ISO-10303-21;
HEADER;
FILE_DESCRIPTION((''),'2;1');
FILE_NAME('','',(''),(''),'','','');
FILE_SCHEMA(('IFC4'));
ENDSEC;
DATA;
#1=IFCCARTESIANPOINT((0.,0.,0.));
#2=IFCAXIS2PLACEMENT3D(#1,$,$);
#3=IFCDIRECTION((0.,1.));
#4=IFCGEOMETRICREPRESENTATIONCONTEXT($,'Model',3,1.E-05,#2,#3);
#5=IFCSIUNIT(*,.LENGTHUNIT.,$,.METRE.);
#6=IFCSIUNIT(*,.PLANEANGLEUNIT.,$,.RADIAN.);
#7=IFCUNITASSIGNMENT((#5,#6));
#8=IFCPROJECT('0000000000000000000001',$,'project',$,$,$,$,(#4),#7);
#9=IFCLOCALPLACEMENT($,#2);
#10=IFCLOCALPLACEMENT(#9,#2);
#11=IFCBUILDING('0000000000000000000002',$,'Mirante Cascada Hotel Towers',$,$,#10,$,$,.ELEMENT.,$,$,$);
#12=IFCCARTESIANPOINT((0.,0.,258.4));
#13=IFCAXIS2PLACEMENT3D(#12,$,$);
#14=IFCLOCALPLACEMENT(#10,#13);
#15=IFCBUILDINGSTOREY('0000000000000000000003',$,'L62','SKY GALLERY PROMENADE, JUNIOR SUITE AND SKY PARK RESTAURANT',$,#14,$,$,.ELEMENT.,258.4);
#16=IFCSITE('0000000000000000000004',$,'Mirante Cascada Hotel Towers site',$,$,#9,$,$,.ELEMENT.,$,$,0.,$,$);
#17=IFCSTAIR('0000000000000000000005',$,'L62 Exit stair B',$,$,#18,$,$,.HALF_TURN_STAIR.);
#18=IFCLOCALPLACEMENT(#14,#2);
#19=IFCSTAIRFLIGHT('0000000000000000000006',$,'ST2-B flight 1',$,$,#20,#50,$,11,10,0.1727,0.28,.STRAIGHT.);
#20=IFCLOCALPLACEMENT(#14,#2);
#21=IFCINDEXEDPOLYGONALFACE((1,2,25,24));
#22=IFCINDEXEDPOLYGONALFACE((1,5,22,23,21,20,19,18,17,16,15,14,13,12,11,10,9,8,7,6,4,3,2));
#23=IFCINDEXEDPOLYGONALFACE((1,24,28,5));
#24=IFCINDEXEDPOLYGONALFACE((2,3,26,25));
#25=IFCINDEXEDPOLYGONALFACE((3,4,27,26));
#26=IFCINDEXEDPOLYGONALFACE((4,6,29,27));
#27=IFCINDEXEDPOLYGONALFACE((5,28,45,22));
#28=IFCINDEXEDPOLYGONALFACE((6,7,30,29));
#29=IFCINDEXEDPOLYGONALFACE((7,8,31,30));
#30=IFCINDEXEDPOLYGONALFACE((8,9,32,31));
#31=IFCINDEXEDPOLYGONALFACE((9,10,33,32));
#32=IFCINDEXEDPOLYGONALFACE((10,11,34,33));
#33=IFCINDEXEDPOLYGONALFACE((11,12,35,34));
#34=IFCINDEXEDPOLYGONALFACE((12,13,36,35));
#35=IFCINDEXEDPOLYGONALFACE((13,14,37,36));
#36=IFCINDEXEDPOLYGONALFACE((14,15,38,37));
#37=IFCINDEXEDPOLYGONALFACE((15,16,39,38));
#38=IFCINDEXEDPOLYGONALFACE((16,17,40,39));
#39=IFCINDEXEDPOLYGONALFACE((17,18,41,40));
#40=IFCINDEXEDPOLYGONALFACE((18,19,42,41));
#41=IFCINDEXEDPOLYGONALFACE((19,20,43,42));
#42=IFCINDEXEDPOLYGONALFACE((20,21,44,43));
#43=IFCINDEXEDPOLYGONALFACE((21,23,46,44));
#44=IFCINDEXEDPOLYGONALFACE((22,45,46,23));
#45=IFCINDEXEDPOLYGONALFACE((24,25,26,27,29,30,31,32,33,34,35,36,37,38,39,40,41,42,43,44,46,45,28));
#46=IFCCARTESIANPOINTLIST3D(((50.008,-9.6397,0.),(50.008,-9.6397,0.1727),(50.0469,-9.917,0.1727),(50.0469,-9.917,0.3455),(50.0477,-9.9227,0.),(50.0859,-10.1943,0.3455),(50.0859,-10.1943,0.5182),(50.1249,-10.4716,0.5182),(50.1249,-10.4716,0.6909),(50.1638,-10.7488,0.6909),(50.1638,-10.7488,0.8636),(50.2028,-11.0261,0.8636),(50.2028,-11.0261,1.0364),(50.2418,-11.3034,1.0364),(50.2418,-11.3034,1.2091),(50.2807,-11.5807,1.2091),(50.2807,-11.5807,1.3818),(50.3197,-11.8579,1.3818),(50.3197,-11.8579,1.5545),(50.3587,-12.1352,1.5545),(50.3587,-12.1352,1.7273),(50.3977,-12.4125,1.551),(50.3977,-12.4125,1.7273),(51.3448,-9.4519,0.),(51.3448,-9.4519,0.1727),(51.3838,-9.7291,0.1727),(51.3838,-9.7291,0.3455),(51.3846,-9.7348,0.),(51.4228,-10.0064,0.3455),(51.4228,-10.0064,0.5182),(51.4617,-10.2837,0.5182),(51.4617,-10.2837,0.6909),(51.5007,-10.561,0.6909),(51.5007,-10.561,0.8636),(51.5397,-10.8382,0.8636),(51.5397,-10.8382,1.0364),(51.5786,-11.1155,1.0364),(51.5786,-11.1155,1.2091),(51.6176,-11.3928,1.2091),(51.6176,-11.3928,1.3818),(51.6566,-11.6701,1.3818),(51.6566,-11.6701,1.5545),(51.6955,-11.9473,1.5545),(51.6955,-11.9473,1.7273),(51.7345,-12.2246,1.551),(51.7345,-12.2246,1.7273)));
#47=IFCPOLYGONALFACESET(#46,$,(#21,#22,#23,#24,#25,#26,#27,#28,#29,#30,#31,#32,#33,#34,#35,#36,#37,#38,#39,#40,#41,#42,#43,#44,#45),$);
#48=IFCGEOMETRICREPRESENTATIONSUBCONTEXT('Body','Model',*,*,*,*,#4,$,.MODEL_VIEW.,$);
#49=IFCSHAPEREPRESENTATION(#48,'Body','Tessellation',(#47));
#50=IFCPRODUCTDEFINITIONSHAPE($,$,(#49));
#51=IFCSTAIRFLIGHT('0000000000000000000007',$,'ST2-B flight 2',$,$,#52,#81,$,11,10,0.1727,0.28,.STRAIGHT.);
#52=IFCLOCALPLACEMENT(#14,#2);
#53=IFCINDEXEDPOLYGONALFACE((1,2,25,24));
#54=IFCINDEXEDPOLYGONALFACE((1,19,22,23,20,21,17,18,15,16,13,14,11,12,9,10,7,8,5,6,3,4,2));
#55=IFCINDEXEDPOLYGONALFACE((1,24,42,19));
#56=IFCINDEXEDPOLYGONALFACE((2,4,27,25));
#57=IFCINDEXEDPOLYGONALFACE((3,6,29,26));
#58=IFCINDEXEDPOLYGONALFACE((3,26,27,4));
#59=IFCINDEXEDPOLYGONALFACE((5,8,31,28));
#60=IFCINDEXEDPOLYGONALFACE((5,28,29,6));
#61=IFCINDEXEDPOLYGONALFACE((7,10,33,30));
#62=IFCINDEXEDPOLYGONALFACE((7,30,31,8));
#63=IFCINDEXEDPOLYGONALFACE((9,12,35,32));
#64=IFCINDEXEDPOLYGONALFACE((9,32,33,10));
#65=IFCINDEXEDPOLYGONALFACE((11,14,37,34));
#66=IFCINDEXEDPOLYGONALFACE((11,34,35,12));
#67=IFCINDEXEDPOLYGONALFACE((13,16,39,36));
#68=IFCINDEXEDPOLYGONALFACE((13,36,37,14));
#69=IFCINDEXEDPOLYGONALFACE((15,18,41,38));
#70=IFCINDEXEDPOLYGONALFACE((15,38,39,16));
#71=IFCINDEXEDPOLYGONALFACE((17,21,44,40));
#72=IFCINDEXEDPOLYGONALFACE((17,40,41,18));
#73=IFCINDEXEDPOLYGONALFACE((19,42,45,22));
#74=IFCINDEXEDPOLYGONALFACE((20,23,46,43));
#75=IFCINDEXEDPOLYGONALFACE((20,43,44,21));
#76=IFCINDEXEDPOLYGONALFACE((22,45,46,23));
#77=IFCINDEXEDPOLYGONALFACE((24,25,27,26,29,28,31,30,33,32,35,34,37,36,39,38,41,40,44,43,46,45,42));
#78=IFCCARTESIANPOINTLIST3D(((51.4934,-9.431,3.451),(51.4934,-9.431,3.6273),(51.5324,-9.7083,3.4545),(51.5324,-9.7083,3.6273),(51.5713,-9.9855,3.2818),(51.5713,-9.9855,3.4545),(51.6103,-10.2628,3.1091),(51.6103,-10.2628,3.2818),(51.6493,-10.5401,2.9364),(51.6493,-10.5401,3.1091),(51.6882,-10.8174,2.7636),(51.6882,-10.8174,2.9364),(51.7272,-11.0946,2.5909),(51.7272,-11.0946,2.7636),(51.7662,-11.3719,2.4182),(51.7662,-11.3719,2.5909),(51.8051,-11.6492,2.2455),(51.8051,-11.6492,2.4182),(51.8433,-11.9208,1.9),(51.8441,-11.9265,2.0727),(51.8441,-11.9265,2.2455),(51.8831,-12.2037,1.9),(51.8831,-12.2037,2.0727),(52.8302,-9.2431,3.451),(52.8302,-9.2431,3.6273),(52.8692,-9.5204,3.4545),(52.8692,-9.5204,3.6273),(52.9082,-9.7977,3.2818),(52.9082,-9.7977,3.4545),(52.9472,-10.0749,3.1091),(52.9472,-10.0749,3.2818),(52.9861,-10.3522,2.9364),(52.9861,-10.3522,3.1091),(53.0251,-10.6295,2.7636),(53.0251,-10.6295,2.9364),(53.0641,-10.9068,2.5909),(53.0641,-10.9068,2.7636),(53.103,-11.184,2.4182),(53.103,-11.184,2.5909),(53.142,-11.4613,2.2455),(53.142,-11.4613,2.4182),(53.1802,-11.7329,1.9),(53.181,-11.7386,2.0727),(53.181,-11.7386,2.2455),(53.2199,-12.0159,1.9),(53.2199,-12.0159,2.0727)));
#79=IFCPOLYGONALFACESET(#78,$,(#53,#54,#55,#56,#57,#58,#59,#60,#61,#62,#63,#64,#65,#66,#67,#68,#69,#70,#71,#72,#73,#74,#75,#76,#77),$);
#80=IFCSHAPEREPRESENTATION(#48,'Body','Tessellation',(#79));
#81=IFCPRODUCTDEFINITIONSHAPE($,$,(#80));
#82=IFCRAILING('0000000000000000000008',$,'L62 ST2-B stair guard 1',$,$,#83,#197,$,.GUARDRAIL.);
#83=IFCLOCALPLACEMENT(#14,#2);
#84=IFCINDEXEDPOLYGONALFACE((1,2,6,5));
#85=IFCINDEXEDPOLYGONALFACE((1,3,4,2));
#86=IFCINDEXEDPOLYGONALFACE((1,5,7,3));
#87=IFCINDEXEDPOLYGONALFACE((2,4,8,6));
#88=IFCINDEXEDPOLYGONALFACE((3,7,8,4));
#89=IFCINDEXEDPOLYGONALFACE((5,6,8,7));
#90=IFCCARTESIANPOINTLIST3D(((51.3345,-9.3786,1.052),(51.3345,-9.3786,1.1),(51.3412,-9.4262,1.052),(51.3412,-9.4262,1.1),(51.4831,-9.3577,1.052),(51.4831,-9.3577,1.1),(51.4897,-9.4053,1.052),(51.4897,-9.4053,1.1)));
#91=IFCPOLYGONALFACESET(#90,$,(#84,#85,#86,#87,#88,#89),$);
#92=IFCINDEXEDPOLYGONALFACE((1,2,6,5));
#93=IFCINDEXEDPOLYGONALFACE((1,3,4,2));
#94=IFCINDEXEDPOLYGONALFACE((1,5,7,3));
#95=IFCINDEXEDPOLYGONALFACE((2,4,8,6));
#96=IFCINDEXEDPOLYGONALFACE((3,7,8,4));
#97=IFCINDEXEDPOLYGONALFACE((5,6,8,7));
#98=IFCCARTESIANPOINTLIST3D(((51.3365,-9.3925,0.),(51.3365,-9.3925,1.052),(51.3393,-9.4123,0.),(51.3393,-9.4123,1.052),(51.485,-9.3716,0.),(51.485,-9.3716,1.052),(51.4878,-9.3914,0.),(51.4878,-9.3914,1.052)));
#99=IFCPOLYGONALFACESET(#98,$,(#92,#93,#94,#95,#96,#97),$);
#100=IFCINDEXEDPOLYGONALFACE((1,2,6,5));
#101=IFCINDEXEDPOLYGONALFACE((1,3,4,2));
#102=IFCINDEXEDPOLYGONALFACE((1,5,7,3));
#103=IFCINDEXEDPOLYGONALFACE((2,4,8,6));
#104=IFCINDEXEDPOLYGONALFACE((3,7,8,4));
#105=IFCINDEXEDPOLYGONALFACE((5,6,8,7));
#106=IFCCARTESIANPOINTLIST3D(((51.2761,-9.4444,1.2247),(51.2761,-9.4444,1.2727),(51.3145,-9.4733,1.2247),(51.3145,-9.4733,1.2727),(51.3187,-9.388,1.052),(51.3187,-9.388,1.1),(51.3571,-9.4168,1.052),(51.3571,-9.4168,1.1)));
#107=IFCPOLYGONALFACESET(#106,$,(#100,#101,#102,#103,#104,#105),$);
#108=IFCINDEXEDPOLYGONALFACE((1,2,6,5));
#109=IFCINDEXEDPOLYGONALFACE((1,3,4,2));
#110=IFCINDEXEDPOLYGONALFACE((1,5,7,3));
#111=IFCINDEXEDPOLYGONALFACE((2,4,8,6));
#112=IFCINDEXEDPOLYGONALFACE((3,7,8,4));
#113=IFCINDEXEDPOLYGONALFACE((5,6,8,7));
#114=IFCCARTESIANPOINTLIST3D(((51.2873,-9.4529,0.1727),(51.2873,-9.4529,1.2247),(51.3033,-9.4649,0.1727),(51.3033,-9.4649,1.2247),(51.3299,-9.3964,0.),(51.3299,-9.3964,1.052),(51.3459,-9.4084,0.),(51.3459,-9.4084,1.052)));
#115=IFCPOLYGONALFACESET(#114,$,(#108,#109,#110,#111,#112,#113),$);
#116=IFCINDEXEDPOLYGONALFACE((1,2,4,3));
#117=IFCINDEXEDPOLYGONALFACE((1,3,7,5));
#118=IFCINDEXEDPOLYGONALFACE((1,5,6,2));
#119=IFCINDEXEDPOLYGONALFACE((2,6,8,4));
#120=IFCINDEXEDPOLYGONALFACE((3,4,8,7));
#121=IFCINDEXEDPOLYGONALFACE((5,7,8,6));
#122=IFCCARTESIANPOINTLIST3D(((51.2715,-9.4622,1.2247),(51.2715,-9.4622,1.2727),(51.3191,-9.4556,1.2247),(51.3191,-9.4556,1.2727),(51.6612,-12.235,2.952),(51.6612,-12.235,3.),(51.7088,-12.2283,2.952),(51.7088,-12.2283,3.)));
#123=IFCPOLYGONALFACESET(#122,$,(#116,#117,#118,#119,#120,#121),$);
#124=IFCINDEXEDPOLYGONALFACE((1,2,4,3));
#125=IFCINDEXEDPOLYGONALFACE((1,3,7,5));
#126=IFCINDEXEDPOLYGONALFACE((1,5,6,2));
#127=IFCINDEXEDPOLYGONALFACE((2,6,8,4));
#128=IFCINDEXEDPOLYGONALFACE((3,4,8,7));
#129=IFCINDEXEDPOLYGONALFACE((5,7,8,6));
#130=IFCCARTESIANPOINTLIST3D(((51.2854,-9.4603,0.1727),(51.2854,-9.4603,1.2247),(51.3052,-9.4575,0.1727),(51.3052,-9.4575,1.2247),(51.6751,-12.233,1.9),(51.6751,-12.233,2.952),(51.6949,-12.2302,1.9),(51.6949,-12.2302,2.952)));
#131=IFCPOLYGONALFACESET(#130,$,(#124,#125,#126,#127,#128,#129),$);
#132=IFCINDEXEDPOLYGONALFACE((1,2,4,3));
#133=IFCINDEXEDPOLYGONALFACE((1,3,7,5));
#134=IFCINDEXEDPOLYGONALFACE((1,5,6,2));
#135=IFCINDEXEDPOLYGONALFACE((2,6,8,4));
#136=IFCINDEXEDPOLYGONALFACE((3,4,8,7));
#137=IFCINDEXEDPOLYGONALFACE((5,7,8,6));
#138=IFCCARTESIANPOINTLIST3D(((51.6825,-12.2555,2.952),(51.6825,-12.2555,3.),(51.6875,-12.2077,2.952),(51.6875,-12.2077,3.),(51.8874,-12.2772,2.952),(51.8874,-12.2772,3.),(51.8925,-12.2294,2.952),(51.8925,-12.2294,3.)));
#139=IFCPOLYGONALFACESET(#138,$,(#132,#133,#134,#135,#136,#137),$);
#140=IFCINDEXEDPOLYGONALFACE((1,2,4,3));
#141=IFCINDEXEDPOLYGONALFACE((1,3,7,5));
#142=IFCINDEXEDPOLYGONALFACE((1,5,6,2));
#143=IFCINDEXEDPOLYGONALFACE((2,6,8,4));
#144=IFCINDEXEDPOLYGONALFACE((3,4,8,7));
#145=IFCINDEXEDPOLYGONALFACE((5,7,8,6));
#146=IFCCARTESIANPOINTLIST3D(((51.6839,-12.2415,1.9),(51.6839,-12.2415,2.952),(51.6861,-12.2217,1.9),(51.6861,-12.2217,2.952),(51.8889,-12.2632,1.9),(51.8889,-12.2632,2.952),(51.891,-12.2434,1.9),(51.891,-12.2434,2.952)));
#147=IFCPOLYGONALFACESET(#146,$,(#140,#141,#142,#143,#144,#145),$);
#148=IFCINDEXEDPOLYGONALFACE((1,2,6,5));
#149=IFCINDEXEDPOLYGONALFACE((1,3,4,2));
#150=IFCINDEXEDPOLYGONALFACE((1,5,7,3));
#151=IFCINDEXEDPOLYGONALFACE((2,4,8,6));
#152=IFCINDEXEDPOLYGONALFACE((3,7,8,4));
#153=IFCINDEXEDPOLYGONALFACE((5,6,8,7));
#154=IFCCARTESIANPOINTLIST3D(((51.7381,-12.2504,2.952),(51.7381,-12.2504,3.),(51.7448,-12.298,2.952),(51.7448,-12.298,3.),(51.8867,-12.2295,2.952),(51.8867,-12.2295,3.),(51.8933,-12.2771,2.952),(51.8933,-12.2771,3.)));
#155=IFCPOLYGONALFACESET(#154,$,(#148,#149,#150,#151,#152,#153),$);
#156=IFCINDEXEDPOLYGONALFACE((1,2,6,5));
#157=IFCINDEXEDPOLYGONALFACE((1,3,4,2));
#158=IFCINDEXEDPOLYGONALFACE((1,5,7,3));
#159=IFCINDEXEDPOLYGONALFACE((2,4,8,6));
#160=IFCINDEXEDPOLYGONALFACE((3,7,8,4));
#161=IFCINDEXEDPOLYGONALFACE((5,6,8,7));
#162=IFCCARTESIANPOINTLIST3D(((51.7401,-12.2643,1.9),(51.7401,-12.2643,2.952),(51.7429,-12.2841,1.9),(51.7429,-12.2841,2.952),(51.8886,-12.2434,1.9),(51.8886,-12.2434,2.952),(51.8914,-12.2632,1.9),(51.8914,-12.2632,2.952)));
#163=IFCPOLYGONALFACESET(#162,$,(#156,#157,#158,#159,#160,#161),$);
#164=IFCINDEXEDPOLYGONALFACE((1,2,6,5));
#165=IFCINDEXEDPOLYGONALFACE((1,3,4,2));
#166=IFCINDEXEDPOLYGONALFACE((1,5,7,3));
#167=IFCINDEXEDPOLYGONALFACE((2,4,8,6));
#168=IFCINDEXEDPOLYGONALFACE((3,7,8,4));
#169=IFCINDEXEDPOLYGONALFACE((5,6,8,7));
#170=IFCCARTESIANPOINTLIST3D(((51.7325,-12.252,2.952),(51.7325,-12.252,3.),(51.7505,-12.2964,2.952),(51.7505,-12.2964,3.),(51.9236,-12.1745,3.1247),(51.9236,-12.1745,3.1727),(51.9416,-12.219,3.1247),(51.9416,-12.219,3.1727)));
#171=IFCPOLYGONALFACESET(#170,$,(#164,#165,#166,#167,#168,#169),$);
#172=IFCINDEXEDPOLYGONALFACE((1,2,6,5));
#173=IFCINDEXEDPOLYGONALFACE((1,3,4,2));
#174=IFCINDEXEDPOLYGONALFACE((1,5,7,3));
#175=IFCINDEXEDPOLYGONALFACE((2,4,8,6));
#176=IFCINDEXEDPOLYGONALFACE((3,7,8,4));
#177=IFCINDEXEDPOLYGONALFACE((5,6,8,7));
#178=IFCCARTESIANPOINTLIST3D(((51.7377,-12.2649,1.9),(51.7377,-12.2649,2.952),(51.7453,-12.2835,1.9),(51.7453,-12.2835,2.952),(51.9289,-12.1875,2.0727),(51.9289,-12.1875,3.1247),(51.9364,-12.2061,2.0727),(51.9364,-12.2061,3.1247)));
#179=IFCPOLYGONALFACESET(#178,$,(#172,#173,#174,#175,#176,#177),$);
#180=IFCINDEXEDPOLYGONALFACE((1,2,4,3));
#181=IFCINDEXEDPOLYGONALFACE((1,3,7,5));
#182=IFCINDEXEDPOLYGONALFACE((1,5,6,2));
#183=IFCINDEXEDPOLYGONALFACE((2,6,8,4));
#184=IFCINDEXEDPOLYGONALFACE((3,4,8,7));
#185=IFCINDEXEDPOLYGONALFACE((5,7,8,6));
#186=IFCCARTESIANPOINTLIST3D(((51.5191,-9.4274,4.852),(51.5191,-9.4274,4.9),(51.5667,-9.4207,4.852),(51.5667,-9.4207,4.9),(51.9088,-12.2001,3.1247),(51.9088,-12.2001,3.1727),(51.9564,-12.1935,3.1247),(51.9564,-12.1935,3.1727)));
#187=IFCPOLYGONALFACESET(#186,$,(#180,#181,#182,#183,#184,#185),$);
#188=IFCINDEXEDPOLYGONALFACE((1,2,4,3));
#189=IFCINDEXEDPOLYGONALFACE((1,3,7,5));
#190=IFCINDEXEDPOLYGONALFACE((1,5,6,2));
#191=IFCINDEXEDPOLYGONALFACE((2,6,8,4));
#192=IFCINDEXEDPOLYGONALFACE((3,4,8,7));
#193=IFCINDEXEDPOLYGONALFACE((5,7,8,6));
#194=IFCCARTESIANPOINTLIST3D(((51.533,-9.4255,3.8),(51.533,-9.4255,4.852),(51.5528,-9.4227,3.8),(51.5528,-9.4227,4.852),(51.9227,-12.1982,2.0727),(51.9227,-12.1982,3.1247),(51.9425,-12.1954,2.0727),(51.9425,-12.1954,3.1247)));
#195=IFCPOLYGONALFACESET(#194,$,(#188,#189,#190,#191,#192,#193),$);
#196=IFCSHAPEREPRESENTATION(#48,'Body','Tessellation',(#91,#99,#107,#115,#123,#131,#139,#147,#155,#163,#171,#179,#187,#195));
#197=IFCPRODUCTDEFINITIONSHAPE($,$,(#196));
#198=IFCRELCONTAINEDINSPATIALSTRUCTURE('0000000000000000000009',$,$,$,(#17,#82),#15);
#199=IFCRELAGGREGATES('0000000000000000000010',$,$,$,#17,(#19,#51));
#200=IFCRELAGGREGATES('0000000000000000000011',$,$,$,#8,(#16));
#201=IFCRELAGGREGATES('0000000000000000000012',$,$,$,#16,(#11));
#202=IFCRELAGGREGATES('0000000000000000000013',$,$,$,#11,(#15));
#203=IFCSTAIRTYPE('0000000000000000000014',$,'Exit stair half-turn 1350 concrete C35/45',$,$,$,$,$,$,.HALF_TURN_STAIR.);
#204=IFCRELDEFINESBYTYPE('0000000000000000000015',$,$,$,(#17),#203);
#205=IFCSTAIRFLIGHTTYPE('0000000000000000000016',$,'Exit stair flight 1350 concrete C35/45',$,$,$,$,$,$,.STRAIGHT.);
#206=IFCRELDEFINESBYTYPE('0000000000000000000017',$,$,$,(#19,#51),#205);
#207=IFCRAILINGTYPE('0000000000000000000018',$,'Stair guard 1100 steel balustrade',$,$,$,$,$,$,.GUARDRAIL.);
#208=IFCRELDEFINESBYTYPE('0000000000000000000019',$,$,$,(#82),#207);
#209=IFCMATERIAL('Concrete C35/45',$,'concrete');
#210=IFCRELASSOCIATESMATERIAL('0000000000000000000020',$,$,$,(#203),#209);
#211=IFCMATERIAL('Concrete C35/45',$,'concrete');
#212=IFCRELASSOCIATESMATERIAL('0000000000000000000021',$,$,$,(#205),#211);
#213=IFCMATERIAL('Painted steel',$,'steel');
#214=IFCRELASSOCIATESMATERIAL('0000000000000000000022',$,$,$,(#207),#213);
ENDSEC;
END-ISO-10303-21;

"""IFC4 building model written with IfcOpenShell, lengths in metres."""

from ifc_helpers import new_model, si_unit, direction, frame, origin, origin_2d, place, context, subcontext, project, spatial, polyline, rectangle, outline, extrude, material, type_object, element, aggregate, save


model = new_model("IFC4")

# Units and contexts
model_context = context("Model", 3, precision=1e-05, world=origin(), true_north=direction((0.0, 1.0)))
body_context = subcontext(model_context, "Body", "Model", "MODEL_VIEW")
ifc_project = project(units=[si_unit("LENGTHUNIT", "METRE"), si_unit("PLANEANGLEUNIT", "RADIAN")], contexts=[model_context])

# Site, building, storey
site_placement = place(None, origin())
site = spatial("IfcSite", under=ifc_project, at=site_placement, Name="Mirante Cascada Hotel Towers site", CompositionType="ELEMENT", RefElevation=0.0)
building_placement = place(site_placement, origin())
building = spatial("IfcBuilding", under=site, at=building_placement, Name="Mirante Cascada Hotel Towers", CompositionType="ELEMENT")
storey_placement = place(building_placement, frame((0.0, 0.0, 258.4)))
storey = spatial("IfcBuildingStorey", under=building, at=storey_placement, Name="L62", Description="SKY GALLERY PROMENADE, JUNIOR SUITE AND SKY PARK RESTAURANT", CompositionType="ELEMENT", Elevation=258.4)

# Stair, stair flights
ifc_material_1 = material(Name="Concrete C35/45", Category="concrete")
stair_type = type_object("IfcStairType", Name="Exit stair half-turn 1350 concrete C35/45", PredefinedType="HALF_TURN_STAIR", material=ifc_material_1)
stair_placement = place(storey_placement, origin())
stair = element("IfcStair", 1, at=stair_placement, inside=storey, type_object=stair_type, Name="L62 Exit stair B", PredefinedType="HALF_TURN_STAIR")
ifc_material_2 = material(Name="Concrete C35/45", Category="concrete")
stair_flight_type = type_object("IfcStairFlightType", Name="Exit stair flight 1350 concrete C35/45", PredefinedType="STRAIGHT", material=ifc_material_2)
stair_flight_1_placement = place(storey_placement, frame((50.6764, -9.5458, 0.0), z_axis=(0.0, 0.0, 1.0), x_axis=(0.139173, -0.990268, 0.0)))
stair_flight_1 = element("IfcStairFlight", 2, at=stair_flight_1_placement, type_object=stair_flight_type, Name="ST2-B flight 1", NumberOfRisers=11, NumberOfTreads=10, PredefinedType="STRAIGHT", RiserHeight=0.1727, TreadLength=0.28, context=body_context, shape_type="SweptSolid", body=[
    extrude(outline(polyline([(0.0, 0.0), (0.0, 0.1727), (0.28, 0.1727), (0.28, 0.3455), (0.56, 0.3455), (0.56, 0.5182), (0.84, 0.5182), (0.84, 0.6909), (1.12, 0.6909), (1.12, 0.8636), (1.4, 0.8636), (1.4, 1.0364), (1.68, 1.0364), (1.68, 1.2091), (1.96, 1.2091), (1.96, 1.3818), (2.24, 1.3818), (2.24, 1.5545), (2.52, 1.5545), (2.52, 1.7273), (2.8, 1.7273), (2.8, 1.9), (2.8, 1.551), (0.2857, 0.0), (0.0, 0.0)])), frame((0.0, 0.675, 0.0), z_axis=(0.0, -1.0, 0.0), x_axis=(1.0, 0.0, 0.0)), (0.0, 0.0, 1.0), 1.35),
])
stair_flight_2_placement = place(storey_placement, frame((52.5515, -12.1098, 1.9), z_axis=(0.0, 0.0, 1.0), x_axis=(-0.139173, 0.990268, 0.0)))
stair_flight_2 = element("IfcStairFlight", 3, at=stair_flight_2_placement, type_object=stair_flight_type, Name="ST2-B flight 2", NumberOfRisers=11, NumberOfTreads=10, PredefinedType="STRAIGHT", RiserHeight=0.1727, TreadLength=0.28, context=body_context, shape_type="SweptSolid", body=[
    extrude(outline(polyline([(0.0, 0.0), (0.0, 0.1727), (0.28, 0.1727), (0.28, 0.3455), (0.56, 0.3455), (0.56, 0.5182), (0.84, 0.5182), (0.84, 0.6909), (1.12, 0.6909), (1.12, 0.8636), (1.4, 0.8636), (1.4, 1.0364), (1.68, 1.0364), (1.68, 1.2091), (1.96, 1.2091), (1.96, 1.3818), (2.24, 1.3818), (2.24, 1.5545), (2.52, 1.5545), (2.52, 1.7273), (2.8, 1.7273), (2.8, 1.9), (2.8, 1.551), (0.2857, 0.0), (0.0, 0.0)])), frame((0.0, 0.675, 0.0), z_axis=(0.0, -1.0, 0.0), x_axis=(1.0, 0.0, 0.0)), (0.0, 0.0, 1.0), 1.35),
])
aggregate(stair, [stair_flight_1, stair_flight_2])

# Railing
ifc_material_3 = material(Name="Painted steel", Category="steel")
railing_type = type_object("IfcRailingType", Name="Stair guard 1100 steel balustrade", PredefinedType="GUARDRAIL", material=ifc_material_3)
railing_placement = place(storey_placement, frame((51.4864, -9.3815, 0.0)))
element("IfcRailing", 4, at=railing_placement, inside=storey, type_object=railing_type, Name="L62 ST2-B stair guard 1", PredefinedType="GUARDRAIL", context=body_context, shape_type="SweptSolid", body=[
    extrude(rectangle(XDim=0.048, YDim=0.048, at=origin_2d()), frame((0.0, 0.0, 1.076), z_axis=(-0.990241, -0.139367, 0.0), x_axis=(0.139367, -0.990241, 0.0)), (0.0, 0.0, 1.0), 0.15),
    extrude(rectangle(XDim=0.02, YDim=1.052, at=origin_2d()), frame((0.0, 0.0, 0.526), z_axis=(-0.990241, -0.139367, 0.0), x_axis=(0.139367, -0.990241, 0.0)), (0.0, 0.0, 1.0), 0.15),
    extrude(rectangle(XDim=0.048, YDim=0.048, at=origin_2d()), frame((-0.1485, -0.0209, 1.076), z_axis=(-0.602033, -0.798471, 0.0), x_axis=(0.798471, -0.602033, 0.0)), (0.0, 0.92534, 0.379139), 0.1866),
    extrude(rectangle(XDim=0.02, YDim=1.052, at=origin_2d()), frame((-0.1485, -0.0209, 0.526), z_axis=(-0.602033, -0.798471, 0.0), x_axis=(0.798471, -0.602033, 0.0)), (0.0, 0.92534, 0.379139), 0.1866),
    extrude(rectangle(XDim=0.048, YDim=0.048, at=origin_2d()), frame((-0.1911, -0.0774, 1.2487), z_axis=(0.139181, -0.990267, 0.0), x_axis=(0.990267, 0.139181, 0.0)), (0.0, 0.525035, 0.851081), 3.2899),
    extrude(rectangle(XDim=0.02, YDim=1.052, at=origin_2d()), frame((-0.1911, -0.0774, 0.6987), z_axis=(0.139181, -0.990267, 0.0), x_axis=(0.990267, 0.139181, 0.0)), (0.0, 0.525035, 0.851081), 3.2899),
    extrude(rectangle(XDim=0.048, YDim=0.048, at=origin_2d()), frame((0.1986, -2.8501, 2.976), z_axis=(0.994444, -0.105266, 0.0), x_axis=(0.105266, 0.994444, 0.0)), (0.0, 0.0, 1.0), 0.2061),
    extrude(rectangle(XDim=0.02, YDim=1.052, at=origin_2d()), frame((0.1986, -2.8501, 2.426), z_axis=(0.994444, -0.105266, 0.0), x_axis=(0.105266, 0.994444, 0.0)), (0.0, 0.0, 1.0), 0.2061),
    extrude(rectangle(XDim=0.048, YDim=0.048, at=origin_2d()), frame((0.4036, -2.8718, 2.976), z_axis=(-0.990241, -0.139367, 0.0), x_axis=(0.139367, -0.990241, 0.0)), (0.0, 0.0, 1.0), 0.15),
    extrude(rectangle(XDim=0.02, YDim=1.052, at=origin_2d()), frame((0.4036, -2.8718, 2.426), z_axis=(-0.990241, -0.139367, 0.0), x_axis=(0.139367, -0.990241, 0.0)), (0.0, 0.0, 1.0), 0.15),
    extrude(rectangle(XDim=0.048, YDim=0.048, at=origin_2d()), frame((0.2551, -2.8927, 2.976), z_axis=(0.926862, 0.375401, 0.0), x_axis=(-0.375401, 0.926862, 0.0)), (0.0, 0.642122, 0.766603), 0.269),
    extrude(rectangle(XDim=0.02, YDim=1.052, at=origin_2d()), frame((0.2551, -2.8927, 2.426), z_axis=(0.926862, 0.375401, 0.0), x_axis=(-0.375401, 0.926862, 0.0)), (0.0, 0.642122, 0.766603), 0.269),
    extrude(rectangle(XDim=0.048, YDim=0.048, at=origin_2d()), frame((0.4462, -2.8153, 3.1487), z_axis=(-0.139181, 0.990267, 0.0), x_axis=(-0.990267, -0.139181, 0.0)), (0.0, 0.525035, 0.851081), 3.2899),
    extrude(rectangle(XDim=0.02, YDim=1.052, at=origin_2d()), frame((0.4462, -2.8153, 2.5987), z_axis=(-0.139181, 0.990267, 0.0), x_axis=(-0.990267, -0.139181, 0.0)), (0.0, 0.525035, 0.851081), 3.2899),
])

save(model, "model.ifc")
